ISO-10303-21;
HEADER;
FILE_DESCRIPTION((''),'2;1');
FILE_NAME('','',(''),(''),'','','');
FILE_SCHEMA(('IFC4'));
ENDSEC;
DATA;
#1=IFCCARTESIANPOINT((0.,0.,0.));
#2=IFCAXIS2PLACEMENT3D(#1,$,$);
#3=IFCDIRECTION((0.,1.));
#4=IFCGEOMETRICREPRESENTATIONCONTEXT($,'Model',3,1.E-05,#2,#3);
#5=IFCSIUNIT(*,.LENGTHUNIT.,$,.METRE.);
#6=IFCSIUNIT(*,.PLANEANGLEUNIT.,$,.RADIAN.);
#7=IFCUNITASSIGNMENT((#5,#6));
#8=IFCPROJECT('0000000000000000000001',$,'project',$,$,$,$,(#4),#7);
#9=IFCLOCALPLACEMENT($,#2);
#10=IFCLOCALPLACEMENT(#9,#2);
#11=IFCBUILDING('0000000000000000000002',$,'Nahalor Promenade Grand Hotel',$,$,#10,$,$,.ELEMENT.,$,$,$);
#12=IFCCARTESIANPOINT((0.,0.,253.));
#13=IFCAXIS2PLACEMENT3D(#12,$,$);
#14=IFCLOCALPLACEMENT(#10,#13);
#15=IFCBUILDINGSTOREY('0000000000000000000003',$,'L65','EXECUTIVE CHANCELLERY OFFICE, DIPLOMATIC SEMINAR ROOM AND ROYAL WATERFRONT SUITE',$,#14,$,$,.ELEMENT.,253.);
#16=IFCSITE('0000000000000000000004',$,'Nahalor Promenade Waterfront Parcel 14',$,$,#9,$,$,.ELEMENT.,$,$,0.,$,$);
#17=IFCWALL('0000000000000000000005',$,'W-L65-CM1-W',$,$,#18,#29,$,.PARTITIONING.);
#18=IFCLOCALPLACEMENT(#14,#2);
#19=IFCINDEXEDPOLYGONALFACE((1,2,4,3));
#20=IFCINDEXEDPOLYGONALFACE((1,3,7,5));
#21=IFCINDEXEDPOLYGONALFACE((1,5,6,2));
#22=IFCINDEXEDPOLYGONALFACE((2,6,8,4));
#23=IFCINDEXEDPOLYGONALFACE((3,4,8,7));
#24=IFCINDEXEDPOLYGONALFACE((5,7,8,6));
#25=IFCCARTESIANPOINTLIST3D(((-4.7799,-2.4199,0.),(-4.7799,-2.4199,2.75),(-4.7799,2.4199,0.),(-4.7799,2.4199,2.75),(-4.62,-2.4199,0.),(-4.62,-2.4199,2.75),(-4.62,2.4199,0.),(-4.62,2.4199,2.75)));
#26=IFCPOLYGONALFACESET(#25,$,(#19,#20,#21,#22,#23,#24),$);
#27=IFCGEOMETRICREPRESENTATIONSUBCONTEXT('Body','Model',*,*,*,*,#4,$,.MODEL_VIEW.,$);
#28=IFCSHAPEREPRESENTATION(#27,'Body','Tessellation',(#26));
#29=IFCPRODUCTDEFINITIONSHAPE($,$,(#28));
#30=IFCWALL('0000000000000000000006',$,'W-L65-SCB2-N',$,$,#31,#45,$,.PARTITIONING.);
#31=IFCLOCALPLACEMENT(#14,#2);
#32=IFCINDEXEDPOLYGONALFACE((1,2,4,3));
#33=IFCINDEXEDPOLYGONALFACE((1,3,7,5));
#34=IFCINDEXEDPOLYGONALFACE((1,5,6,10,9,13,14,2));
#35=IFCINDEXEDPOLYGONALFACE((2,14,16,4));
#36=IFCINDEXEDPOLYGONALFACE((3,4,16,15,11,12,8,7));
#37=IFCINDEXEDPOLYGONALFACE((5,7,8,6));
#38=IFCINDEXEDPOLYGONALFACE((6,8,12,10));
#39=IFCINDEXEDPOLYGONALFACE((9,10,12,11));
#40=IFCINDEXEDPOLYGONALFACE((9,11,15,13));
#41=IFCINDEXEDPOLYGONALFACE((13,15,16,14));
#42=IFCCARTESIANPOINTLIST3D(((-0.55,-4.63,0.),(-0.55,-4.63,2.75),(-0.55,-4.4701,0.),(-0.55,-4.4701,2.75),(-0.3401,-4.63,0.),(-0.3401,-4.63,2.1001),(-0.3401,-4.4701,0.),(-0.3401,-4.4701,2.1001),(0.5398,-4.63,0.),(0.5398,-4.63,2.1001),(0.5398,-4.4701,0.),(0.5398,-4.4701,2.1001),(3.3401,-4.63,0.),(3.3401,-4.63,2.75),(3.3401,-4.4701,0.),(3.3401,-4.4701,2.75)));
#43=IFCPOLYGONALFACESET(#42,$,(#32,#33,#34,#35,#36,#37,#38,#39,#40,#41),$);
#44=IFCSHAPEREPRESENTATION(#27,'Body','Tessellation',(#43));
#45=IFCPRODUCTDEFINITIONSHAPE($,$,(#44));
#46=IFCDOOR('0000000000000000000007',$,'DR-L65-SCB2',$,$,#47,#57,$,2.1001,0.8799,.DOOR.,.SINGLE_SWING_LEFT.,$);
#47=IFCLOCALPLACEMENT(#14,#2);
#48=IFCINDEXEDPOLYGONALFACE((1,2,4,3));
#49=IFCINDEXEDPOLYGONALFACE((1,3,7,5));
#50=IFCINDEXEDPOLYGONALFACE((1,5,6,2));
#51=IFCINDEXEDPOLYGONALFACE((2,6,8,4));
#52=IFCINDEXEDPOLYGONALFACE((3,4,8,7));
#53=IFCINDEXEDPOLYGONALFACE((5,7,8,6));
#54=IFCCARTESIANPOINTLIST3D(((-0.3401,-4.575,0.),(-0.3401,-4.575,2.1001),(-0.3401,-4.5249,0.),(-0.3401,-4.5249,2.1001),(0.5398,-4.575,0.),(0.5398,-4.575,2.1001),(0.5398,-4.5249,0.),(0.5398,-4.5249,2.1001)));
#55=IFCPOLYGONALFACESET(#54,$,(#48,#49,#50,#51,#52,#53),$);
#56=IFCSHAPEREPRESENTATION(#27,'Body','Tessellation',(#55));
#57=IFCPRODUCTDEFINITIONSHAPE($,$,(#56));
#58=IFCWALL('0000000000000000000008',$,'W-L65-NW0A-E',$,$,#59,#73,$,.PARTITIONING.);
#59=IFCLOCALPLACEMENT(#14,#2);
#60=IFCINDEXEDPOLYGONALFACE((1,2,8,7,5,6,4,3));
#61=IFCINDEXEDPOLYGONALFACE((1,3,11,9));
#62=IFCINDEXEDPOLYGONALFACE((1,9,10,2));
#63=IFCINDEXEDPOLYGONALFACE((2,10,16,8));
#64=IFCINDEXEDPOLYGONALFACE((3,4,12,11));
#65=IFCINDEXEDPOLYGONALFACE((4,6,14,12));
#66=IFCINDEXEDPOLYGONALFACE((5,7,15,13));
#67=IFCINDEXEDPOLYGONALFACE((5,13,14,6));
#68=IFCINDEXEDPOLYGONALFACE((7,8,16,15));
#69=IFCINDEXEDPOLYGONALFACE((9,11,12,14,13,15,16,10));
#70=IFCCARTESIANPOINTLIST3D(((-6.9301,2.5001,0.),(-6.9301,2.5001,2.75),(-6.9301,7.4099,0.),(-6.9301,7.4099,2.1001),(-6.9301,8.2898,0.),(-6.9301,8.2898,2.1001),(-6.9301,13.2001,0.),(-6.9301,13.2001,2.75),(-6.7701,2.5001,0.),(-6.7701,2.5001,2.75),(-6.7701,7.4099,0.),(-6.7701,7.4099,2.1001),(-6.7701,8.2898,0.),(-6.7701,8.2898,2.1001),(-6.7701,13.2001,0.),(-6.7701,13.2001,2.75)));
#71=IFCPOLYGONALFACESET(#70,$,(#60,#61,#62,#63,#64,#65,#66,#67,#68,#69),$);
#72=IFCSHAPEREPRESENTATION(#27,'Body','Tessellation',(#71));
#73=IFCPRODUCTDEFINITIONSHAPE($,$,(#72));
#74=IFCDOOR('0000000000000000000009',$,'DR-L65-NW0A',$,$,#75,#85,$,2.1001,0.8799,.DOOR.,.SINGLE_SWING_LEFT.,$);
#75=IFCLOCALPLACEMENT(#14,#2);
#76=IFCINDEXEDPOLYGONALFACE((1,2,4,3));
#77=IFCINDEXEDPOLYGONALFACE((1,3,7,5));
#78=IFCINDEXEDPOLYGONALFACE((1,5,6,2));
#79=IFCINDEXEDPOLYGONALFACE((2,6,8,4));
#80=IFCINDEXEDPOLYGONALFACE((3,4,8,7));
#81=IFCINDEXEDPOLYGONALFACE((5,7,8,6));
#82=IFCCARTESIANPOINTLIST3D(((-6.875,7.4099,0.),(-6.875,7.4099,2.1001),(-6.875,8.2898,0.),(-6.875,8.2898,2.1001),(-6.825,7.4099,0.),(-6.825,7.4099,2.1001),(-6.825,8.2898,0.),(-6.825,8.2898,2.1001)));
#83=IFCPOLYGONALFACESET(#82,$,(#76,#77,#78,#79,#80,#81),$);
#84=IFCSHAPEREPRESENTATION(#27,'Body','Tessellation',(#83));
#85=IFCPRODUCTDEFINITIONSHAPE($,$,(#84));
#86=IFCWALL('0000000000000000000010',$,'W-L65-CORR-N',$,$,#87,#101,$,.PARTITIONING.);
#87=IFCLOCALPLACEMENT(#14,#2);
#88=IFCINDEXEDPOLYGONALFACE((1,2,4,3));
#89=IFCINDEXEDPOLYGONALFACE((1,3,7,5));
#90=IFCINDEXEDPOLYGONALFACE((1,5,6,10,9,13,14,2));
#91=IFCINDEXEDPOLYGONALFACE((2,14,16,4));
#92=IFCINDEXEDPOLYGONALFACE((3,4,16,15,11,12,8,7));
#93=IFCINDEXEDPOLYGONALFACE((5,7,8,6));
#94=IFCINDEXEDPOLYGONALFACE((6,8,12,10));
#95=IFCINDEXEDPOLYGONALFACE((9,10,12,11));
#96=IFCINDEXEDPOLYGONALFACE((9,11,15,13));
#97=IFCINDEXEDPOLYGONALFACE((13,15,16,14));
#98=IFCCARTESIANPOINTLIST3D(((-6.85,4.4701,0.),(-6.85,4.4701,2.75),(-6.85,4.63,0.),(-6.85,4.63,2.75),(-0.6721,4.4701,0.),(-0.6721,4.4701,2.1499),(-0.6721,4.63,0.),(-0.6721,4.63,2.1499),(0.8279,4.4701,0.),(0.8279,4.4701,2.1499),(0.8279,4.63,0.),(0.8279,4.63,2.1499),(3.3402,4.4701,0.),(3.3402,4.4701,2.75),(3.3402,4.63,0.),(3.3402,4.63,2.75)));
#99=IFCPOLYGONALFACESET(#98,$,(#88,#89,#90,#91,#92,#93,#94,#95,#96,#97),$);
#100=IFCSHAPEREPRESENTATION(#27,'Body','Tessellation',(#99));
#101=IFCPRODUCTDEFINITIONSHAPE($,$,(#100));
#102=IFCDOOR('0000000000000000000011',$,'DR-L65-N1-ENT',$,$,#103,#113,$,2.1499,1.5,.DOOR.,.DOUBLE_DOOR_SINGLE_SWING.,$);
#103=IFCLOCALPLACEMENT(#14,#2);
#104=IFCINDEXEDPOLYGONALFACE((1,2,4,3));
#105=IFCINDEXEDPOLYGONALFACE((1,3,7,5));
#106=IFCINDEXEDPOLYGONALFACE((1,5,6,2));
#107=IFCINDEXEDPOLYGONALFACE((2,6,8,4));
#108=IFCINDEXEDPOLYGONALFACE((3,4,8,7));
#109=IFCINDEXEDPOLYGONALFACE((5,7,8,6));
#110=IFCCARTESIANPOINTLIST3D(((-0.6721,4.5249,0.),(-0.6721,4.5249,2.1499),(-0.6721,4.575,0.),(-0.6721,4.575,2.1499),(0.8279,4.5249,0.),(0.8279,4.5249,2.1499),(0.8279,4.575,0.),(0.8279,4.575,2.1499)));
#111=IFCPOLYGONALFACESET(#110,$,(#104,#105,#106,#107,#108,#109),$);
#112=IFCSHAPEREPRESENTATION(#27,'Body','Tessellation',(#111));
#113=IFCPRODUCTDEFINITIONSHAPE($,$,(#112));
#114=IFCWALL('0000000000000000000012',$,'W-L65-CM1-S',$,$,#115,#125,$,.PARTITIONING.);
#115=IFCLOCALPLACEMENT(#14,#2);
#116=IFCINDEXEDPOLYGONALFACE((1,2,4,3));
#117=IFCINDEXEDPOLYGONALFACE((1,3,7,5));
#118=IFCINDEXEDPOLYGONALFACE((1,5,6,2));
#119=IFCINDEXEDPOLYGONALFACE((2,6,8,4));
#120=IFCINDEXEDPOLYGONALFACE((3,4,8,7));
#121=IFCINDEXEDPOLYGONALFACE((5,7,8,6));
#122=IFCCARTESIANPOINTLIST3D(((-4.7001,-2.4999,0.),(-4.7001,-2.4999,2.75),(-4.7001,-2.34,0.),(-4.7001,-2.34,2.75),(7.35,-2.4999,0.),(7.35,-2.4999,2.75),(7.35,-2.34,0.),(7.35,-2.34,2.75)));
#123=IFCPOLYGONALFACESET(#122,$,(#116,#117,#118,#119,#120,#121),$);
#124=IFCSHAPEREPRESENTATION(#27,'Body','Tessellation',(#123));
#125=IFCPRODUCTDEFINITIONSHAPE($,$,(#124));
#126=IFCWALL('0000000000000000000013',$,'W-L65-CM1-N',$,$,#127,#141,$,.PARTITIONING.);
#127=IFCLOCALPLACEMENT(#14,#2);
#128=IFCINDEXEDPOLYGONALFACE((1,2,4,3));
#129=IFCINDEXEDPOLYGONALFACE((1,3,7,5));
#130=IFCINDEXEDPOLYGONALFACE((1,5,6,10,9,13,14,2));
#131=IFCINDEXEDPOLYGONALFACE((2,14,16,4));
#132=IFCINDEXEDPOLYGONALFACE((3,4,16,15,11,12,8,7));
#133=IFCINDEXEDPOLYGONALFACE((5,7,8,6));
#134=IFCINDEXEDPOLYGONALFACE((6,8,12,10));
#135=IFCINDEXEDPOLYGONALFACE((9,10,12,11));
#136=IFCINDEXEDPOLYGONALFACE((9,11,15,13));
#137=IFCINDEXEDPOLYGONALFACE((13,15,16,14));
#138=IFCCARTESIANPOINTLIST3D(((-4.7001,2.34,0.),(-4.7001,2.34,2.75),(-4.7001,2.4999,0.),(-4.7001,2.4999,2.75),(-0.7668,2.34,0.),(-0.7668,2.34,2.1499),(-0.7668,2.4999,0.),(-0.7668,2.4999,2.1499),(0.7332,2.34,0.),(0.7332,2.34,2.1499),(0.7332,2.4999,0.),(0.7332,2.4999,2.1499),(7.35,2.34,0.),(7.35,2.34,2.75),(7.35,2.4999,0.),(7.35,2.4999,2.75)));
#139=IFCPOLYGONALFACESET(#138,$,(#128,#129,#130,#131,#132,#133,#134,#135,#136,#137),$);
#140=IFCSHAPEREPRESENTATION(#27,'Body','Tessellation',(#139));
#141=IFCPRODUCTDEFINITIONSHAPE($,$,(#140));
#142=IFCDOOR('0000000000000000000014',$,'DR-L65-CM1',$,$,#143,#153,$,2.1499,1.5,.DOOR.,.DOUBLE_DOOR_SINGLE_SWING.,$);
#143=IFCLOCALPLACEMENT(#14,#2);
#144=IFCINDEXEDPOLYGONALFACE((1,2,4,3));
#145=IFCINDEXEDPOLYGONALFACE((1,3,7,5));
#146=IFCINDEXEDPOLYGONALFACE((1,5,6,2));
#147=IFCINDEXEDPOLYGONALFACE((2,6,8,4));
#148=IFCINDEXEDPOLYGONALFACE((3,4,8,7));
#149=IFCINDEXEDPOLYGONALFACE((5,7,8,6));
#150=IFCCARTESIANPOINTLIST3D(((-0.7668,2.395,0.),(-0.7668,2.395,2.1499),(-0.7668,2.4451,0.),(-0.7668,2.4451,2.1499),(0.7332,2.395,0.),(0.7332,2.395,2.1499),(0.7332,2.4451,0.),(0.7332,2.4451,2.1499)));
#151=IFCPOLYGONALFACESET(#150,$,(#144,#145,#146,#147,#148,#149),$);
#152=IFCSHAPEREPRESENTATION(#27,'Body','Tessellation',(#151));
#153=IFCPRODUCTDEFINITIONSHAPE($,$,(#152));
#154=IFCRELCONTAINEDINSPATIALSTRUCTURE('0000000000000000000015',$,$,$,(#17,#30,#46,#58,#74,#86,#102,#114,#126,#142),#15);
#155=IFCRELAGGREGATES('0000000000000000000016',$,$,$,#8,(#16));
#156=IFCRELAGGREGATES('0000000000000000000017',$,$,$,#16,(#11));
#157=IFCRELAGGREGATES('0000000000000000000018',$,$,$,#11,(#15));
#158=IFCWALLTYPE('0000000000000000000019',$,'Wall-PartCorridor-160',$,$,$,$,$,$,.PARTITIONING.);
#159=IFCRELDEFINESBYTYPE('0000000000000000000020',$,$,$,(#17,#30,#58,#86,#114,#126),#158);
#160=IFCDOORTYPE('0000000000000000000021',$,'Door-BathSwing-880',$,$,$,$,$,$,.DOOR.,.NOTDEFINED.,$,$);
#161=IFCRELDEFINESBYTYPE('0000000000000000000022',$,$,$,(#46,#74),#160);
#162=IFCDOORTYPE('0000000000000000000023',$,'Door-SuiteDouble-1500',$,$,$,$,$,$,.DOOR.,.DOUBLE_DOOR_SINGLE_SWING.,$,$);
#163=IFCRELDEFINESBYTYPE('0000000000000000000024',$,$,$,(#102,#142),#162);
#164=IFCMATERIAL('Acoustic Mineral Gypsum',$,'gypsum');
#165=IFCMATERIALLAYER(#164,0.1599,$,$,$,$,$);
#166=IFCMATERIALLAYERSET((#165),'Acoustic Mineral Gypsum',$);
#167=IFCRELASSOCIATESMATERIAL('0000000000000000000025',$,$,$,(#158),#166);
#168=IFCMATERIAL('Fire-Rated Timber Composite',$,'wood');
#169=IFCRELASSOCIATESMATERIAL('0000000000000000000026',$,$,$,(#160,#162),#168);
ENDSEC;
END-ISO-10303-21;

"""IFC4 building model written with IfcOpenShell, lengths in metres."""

from ifc_helpers import new_model, si_unit, direction, frame, frame_2d, origin, place, context, subcontext, project, spatial, rectangle, extrude, source, transform, mapped, material, layer, layer_set, type_object, element, fill, save


model = new_model("IFC4")

# Units and contexts
model_context = context("Model", 3, precision=1e-05, world=origin(), true_north=direction((0.0, 1.0)))
body_context = subcontext(model_context, "Body", "Model", "MODEL_VIEW")
ifc_project = project(units=[si_unit("LENGTHUNIT", "METRE"), si_unit("PLANEANGLEUNIT", "RADIAN")], contexts=[model_context])

# Site, building, storey
site_placement = place(None, origin())
site = spatial("IfcSite", under=ifc_project, at=site_placement, Name="Nahalor Promenade Waterfront Parcel 14", CompositionType="ELEMENT", RefElevation=0.0)
building_placement = place(site_placement, origin())
building = spatial("IfcBuilding", under=site, at=building_placement, Name="Nahalor Promenade Grand Hotel", CompositionType="ELEMENT")
storey_placement = place(building_placement, frame((0.0, 0.0, 253.0)))
storey = spatial("IfcBuildingStorey", under=building, at=storey_placement, Name="L65", Description="EXECUTIVE CHANCELLERY OFFICE, DIPLOMATIC SEMINAR ROOM AND ROYAL WATERFRONT SUITE", CompositionType="ELEMENT", Elevation=253.0)

# Shared definitions
ifc_material_1 = material(Name="Acoustic Mineral Gypsum", Category="gypsum")

# Shared definitions
ifc_layer_1 = layer(ifc_material_1, 0.1599)
ifc_layer_set_1 = layer_set([ifc_layer_1], Name="Acoustic Mineral Gypsum")
wall_type_1 = type_object("IfcWallType", Name="Wall-PartCorridor-160", PredefinedType="PARTITIONING", material=ifc_layer_set_1)
shared_shape_1 = source(origin(), body_context, "Body", "SweptSolid", [
    extrude(rectangle(XDim=4.8398, YDim=0.1599, at=frame_2d((2.4199, 0.0))), origin(), (0.0, 0.0, 1.0), 2.75),
])
ifc_material_2 = material(Name="Fire-Rated Timber Composite", Category="wood")

# Wall
wall_1_placement = place(storey_placement, frame((-4.7, -2.4199, 0.0), z_axis=(0.0, 0.0, 1.0), x_axis=(0.0, 1.0, 0.0)))
element("IfcWall", 1, at=wall_1_placement, inside=storey, type_object=wall_type_1, Name="W-L65-CM1-W", PredefinedType="PARTITIONING", context=body_context, shape_type="MappedRepresentation", body=[
    mapped(shared_shape_1, transform((0.0, 0.0, 0.0), scale=1.0)),
])

# Walls, openings, doors
shared_shape_2 = source(origin(), body_context, "Body", "SweptSolid", [
    extrude(rectangle(XDim=3.8901, YDim=0.1599, at=frame_2d((1.9451, 0.0))), origin(), (0.0, 0.0, 1.0), 2.75),
])
wall_2_placement = place(storey_placement, frame((-0.55, -4.55, 0.0), z_axis=(0.0, 0.0, 1.0), x_axis=(1.0, 0.0, 0.0)))
wall_2 = element("IfcWall", 2, at=wall_2_placement, inside=storey, type_object=wall_type_1, Name="W-L65-SCB2-N", PredefinedType="PARTITIONING", context=body_context, shape_type="MappedRepresentation", body=[
    mapped(shared_shape_2, transform((0.0, 0.0, 0.0), scale=1.0)),
])
opening_1_placement = place(wall_2_placement, frame((0.21, 0.0, 0.0)))
opening_1 = element("IfcOpeningElement", 3, at=opening_1_placement, cuts=wall_2, PredefinedType="OPENING", context=body_context, shape_type="SweptSolid", body=[
    extrude(rectangle(XDim=0.8799, YDim=2.1001, at=frame_2d((0.4399, 1.05))), frame((0.0, 0.0898, 0.0), z_axis=(0.0, -1.0, 0.0), x_axis=(1.0, 0.0, 0.0)), (0.0, 0.0, 1.0), 0.1799),
])
door_type_1 = type_object("IfcDoorType", Name="Door-BathSwing-880", OperationType="NOTDEFINED", PredefinedType="DOOR", material=ifc_material_2)
shared_shape_3 = source(origin(), body_context, "Body", "SweptSolid", [
    extrude(rectangle(XDim=0.8799, YDim=2.1001, at=frame_2d((0.4399, 1.05))), frame((0.0, 0.0249, 0.0), z_axis=(0.0, -1.0, 0.0), x_axis=(1.0, 0.0, 0.0)), (0.0, 0.0, 1.0), 0.05),
])
door_1_placement = place(opening_1_placement, frame((0.8799, 0.0, 0.0), z_axis=(0.0, 0.0, 1.0), x_axis=(-1.0, 0.0, 0.0)))
door_1 = element("IfcDoor", 4, at=door_1_placement, inside=storey, type_object=door_type_1, Name="DR-L65-SCB2", OperationType="SINGLE_SWING_LEFT", OverallHeight=2.1001, OverallWidth=0.8799, PredefinedType="DOOR", context=body_context, shape_type="MappedRepresentation", body=[
    mapped(shared_shape_3, transform((0.0, 0.0, 0.0), scale=1.0)),
])
fill(opening_1, door_1)
shared_shape_4 = source(origin(), body_context, "Body", "SweptSolid", [
    extrude(rectangle(XDim=10.7, YDim=0.1599, at=frame_2d((5.3501, 0.0))), origin(), (0.0, 0.0, 1.0), 2.75),
])
wall_3_placement = place(storey_placement, frame((-6.8501, 2.5, 0.0), z_axis=(0.0, 0.0, 1.0), x_axis=(0.0, 1.0, 0.0)))
wall_3 = element("IfcWall", 5, at=wall_3_placement, inside=storey, type_object=wall_type_1, Name="W-L65-NW0A-E", PredefinedType="PARTITIONING", context=body_context, shape_type="MappedRepresentation", body=[
    mapped(shared_shape_4, transform((0.0, 0.0, 0.0), scale=1.0)),
])
opening_2_placement = place(wall_3_placement, frame((4.9099, 0.0, 0.0)))
opening_2 = element("IfcOpeningElement", 6, at=opening_2_placement, cuts=wall_3, PredefinedType="OPENING", context=body_context, shape_type="SweptSolid", body=[
    extrude(rectangle(XDim=0.8799, YDim=2.1001, at=frame_2d((0.4399, 1.05))), frame((0.0, 0.0898, 0.0), z_axis=(0.0, -1.0, 0.0), x_axis=(1.0, 0.0, 0.0)), (0.0, 0.0, 1.0), 0.1799),
])
door_2_placement = place(opening_2_placement, origin())
door_2 = element("IfcDoor", 7, at=door_2_placement, inside=storey, type_object=door_type_1, Name="DR-L65-NW0A", OperationType="SINGLE_SWING_LEFT", OverallHeight=2.1001, OverallWidth=0.8799, PredefinedType="DOOR", context=body_context, shape_type="MappedRepresentation", body=[
    mapped(shared_shape_3, transform((0.0, 0.0, 0.0), scale=1.0)),
])
fill(opening_2, door_2)
shared_shape_5 = source(origin(), body_context, "Body", "SweptSolid", [
    extrude(rectangle(XDim=10.1902, YDim=0.1599, at=frame_2d((5.0952, 0.0))), origin(), (0.0, 0.0, 1.0), 2.75),
])
wall_4_placement = place(storey_placement, frame((-6.8501, 4.55, 0.0), z_axis=(0.0, 0.0, 1.0), x_axis=(1.0, 0.0, 0.0)))
wall_4 = element("IfcWall", 8, at=wall_4_placement, inside=storey, type_object=wall_type_1, Name="W-L65-CORR-N", PredefinedType="PARTITIONING", context=body_context, shape_type="MappedRepresentation", body=[
    mapped(shared_shape_5, transform((0.0, 0.0, 0.0), scale=1.0)),
])
opening_3_placement = place(wall_4_placement, frame((6.178, 0.0, 0.0)))
opening_3 = element("IfcOpeningElement", 9, at=opening_3_placement, cuts=wall_4, PredefinedType="OPENING", context=body_context, shape_type="SweptSolid", body=[
    extrude(rectangle(XDim=1.5, YDim=2.1499, at=frame_2d((0.75, 1.075))), frame((0.0, 0.0898, 0.0), z_axis=(0.0, -1.0, 0.0), x_axis=(1.0, 0.0, 0.0)), (0.0, 0.0, 1.0), 0.1799),
])
door_type_2 = type_object("IfcDoorType", Name="Door-SuiteDouble-1500", OperationType="DOUBLE_DOOR_SINGLE_SWING", PredefinedType="DOOR", material=ifc_material_2)
shared_shape_6 = source(origin(), body_context, "Body", "SweptSolid", [
    extrude(rectangle(XDim=1.5, YDim=2.1499, at=frame_2d((0.75, 1.075))), frame((0.0, 0.0249, 0.0), z_axis=(0.0, -1.0, 0.0), x_axis=(1.0, 0.0, 0.0)), (0.0, 0.0, 1.0), 0.05),
])
door_3_placement = place(opening_3_placement, origin())
door_3 = element("IfcDoor", 10, at=door_3_placement, inside=storey, type_object=door_type_2, Name="DR-L65-N1-ENT", OperationType="DOUBLE_DOOR_SINGLE_SWING", OverallHeight=2.1499, OverallWidth=1.5, PredefinedType="DOOR", context=body_context, shape_type="MappedRepresentation", body=[
    mapped(shared_shape_6, transform((0.0, 0.0, 0.0), scale=1.0)),
])
fill(opening_3, door_3)

# Wall
shared_shape_7 = source(origin(), body_context, "Body", "SweptSolid", [
    extrude(rectangle(XDim=12.05, YDim=0.1599, at=frame_2d((6.0249, 0.0))), origin(), (0.0, 0.0, 1.0), 2.75),
])
wall_5_placement = place(storey_placement, frame((-4.7, -2.4199, 0.0), z_axis=(0.0, 0.0, 1.0), x_axis=(1.0, 0.0, 0.0)))
element("IfcWall", 11, at=wall_5_placement, inside=storey, type_object=wall_type_1, Name="W-L65-CM1-S", PredefinedType="PARTITIONING", context=body_context, shape_type="MappedRepresentation", body=[
    mapped(shared_shape_7, transform((0.0, 0.0, 0.0), scale=1.0)),
])

# Wall, opening, door
wall_6_placement = place(storey_placement, frame((-4.7, 2.4199, 0.0), z_axis=(0.0, 0.0, 1.0), x_axis=(1.0, 0.0, 0.0)))
wall_6 = element("IfcWall", 12, at=wall_6_placement, inside=storey, type_object=wall_type_1, Name="W-L65-CM1-N", PredefinedType="PARTITIONING", context=body_context, shape_type="MappedRepresentation", body=[
    mapped(shared_shape_7, transform((0.0, 0.0, 0.0), scale=1.0)),
])
opening_4_placement = place(wall_6_placement, frame((3.9331, 0.0, 0.0)))
opening_4 = element("IfcOpeningElement", 13, at=opening_4_placement, cuts=wall_6, PredefinedType="OPENING", context=body_context, shape_type="SweptSolid", body=[
    extrude(rectangle(XDim=1.5, YDim=2.1499, at=frame_2d((0.75, 1.075))), frame((0.0, 0.0898, 0.0), z_axis=(0.0, -1.0, 0.0), x_axis=(1.0, 0.0, 0.0)), (0.0, 0.0, 1.0), 0.1799),
])
door_4_placement = place(opening_4_placement, frame((1.5, 0.0, 0.0), z_axis=(0.0, 0.0, 1.0), x_axis=(-1.0, 0.0, 0.0)))
door_4 = element("IfcDoor", 14, at=door_4_placement, inside=storey, type_object=door_type_2, Name="DR-L65-CM1", OperationType="DOUBLE_DOOR_SINGLE_SWING", OverallHeight=2.1499, OverallWidth=1.5, PredefinedType="DOOR", context=body_context, shape_type="MappedRepresentation", body=[
    mapped(shared_shape_6, transform((0.0, 0.0, 0.0), scale=1.0)),
])
fill(opening_4, door_4)

save(model, "model.ifc")
